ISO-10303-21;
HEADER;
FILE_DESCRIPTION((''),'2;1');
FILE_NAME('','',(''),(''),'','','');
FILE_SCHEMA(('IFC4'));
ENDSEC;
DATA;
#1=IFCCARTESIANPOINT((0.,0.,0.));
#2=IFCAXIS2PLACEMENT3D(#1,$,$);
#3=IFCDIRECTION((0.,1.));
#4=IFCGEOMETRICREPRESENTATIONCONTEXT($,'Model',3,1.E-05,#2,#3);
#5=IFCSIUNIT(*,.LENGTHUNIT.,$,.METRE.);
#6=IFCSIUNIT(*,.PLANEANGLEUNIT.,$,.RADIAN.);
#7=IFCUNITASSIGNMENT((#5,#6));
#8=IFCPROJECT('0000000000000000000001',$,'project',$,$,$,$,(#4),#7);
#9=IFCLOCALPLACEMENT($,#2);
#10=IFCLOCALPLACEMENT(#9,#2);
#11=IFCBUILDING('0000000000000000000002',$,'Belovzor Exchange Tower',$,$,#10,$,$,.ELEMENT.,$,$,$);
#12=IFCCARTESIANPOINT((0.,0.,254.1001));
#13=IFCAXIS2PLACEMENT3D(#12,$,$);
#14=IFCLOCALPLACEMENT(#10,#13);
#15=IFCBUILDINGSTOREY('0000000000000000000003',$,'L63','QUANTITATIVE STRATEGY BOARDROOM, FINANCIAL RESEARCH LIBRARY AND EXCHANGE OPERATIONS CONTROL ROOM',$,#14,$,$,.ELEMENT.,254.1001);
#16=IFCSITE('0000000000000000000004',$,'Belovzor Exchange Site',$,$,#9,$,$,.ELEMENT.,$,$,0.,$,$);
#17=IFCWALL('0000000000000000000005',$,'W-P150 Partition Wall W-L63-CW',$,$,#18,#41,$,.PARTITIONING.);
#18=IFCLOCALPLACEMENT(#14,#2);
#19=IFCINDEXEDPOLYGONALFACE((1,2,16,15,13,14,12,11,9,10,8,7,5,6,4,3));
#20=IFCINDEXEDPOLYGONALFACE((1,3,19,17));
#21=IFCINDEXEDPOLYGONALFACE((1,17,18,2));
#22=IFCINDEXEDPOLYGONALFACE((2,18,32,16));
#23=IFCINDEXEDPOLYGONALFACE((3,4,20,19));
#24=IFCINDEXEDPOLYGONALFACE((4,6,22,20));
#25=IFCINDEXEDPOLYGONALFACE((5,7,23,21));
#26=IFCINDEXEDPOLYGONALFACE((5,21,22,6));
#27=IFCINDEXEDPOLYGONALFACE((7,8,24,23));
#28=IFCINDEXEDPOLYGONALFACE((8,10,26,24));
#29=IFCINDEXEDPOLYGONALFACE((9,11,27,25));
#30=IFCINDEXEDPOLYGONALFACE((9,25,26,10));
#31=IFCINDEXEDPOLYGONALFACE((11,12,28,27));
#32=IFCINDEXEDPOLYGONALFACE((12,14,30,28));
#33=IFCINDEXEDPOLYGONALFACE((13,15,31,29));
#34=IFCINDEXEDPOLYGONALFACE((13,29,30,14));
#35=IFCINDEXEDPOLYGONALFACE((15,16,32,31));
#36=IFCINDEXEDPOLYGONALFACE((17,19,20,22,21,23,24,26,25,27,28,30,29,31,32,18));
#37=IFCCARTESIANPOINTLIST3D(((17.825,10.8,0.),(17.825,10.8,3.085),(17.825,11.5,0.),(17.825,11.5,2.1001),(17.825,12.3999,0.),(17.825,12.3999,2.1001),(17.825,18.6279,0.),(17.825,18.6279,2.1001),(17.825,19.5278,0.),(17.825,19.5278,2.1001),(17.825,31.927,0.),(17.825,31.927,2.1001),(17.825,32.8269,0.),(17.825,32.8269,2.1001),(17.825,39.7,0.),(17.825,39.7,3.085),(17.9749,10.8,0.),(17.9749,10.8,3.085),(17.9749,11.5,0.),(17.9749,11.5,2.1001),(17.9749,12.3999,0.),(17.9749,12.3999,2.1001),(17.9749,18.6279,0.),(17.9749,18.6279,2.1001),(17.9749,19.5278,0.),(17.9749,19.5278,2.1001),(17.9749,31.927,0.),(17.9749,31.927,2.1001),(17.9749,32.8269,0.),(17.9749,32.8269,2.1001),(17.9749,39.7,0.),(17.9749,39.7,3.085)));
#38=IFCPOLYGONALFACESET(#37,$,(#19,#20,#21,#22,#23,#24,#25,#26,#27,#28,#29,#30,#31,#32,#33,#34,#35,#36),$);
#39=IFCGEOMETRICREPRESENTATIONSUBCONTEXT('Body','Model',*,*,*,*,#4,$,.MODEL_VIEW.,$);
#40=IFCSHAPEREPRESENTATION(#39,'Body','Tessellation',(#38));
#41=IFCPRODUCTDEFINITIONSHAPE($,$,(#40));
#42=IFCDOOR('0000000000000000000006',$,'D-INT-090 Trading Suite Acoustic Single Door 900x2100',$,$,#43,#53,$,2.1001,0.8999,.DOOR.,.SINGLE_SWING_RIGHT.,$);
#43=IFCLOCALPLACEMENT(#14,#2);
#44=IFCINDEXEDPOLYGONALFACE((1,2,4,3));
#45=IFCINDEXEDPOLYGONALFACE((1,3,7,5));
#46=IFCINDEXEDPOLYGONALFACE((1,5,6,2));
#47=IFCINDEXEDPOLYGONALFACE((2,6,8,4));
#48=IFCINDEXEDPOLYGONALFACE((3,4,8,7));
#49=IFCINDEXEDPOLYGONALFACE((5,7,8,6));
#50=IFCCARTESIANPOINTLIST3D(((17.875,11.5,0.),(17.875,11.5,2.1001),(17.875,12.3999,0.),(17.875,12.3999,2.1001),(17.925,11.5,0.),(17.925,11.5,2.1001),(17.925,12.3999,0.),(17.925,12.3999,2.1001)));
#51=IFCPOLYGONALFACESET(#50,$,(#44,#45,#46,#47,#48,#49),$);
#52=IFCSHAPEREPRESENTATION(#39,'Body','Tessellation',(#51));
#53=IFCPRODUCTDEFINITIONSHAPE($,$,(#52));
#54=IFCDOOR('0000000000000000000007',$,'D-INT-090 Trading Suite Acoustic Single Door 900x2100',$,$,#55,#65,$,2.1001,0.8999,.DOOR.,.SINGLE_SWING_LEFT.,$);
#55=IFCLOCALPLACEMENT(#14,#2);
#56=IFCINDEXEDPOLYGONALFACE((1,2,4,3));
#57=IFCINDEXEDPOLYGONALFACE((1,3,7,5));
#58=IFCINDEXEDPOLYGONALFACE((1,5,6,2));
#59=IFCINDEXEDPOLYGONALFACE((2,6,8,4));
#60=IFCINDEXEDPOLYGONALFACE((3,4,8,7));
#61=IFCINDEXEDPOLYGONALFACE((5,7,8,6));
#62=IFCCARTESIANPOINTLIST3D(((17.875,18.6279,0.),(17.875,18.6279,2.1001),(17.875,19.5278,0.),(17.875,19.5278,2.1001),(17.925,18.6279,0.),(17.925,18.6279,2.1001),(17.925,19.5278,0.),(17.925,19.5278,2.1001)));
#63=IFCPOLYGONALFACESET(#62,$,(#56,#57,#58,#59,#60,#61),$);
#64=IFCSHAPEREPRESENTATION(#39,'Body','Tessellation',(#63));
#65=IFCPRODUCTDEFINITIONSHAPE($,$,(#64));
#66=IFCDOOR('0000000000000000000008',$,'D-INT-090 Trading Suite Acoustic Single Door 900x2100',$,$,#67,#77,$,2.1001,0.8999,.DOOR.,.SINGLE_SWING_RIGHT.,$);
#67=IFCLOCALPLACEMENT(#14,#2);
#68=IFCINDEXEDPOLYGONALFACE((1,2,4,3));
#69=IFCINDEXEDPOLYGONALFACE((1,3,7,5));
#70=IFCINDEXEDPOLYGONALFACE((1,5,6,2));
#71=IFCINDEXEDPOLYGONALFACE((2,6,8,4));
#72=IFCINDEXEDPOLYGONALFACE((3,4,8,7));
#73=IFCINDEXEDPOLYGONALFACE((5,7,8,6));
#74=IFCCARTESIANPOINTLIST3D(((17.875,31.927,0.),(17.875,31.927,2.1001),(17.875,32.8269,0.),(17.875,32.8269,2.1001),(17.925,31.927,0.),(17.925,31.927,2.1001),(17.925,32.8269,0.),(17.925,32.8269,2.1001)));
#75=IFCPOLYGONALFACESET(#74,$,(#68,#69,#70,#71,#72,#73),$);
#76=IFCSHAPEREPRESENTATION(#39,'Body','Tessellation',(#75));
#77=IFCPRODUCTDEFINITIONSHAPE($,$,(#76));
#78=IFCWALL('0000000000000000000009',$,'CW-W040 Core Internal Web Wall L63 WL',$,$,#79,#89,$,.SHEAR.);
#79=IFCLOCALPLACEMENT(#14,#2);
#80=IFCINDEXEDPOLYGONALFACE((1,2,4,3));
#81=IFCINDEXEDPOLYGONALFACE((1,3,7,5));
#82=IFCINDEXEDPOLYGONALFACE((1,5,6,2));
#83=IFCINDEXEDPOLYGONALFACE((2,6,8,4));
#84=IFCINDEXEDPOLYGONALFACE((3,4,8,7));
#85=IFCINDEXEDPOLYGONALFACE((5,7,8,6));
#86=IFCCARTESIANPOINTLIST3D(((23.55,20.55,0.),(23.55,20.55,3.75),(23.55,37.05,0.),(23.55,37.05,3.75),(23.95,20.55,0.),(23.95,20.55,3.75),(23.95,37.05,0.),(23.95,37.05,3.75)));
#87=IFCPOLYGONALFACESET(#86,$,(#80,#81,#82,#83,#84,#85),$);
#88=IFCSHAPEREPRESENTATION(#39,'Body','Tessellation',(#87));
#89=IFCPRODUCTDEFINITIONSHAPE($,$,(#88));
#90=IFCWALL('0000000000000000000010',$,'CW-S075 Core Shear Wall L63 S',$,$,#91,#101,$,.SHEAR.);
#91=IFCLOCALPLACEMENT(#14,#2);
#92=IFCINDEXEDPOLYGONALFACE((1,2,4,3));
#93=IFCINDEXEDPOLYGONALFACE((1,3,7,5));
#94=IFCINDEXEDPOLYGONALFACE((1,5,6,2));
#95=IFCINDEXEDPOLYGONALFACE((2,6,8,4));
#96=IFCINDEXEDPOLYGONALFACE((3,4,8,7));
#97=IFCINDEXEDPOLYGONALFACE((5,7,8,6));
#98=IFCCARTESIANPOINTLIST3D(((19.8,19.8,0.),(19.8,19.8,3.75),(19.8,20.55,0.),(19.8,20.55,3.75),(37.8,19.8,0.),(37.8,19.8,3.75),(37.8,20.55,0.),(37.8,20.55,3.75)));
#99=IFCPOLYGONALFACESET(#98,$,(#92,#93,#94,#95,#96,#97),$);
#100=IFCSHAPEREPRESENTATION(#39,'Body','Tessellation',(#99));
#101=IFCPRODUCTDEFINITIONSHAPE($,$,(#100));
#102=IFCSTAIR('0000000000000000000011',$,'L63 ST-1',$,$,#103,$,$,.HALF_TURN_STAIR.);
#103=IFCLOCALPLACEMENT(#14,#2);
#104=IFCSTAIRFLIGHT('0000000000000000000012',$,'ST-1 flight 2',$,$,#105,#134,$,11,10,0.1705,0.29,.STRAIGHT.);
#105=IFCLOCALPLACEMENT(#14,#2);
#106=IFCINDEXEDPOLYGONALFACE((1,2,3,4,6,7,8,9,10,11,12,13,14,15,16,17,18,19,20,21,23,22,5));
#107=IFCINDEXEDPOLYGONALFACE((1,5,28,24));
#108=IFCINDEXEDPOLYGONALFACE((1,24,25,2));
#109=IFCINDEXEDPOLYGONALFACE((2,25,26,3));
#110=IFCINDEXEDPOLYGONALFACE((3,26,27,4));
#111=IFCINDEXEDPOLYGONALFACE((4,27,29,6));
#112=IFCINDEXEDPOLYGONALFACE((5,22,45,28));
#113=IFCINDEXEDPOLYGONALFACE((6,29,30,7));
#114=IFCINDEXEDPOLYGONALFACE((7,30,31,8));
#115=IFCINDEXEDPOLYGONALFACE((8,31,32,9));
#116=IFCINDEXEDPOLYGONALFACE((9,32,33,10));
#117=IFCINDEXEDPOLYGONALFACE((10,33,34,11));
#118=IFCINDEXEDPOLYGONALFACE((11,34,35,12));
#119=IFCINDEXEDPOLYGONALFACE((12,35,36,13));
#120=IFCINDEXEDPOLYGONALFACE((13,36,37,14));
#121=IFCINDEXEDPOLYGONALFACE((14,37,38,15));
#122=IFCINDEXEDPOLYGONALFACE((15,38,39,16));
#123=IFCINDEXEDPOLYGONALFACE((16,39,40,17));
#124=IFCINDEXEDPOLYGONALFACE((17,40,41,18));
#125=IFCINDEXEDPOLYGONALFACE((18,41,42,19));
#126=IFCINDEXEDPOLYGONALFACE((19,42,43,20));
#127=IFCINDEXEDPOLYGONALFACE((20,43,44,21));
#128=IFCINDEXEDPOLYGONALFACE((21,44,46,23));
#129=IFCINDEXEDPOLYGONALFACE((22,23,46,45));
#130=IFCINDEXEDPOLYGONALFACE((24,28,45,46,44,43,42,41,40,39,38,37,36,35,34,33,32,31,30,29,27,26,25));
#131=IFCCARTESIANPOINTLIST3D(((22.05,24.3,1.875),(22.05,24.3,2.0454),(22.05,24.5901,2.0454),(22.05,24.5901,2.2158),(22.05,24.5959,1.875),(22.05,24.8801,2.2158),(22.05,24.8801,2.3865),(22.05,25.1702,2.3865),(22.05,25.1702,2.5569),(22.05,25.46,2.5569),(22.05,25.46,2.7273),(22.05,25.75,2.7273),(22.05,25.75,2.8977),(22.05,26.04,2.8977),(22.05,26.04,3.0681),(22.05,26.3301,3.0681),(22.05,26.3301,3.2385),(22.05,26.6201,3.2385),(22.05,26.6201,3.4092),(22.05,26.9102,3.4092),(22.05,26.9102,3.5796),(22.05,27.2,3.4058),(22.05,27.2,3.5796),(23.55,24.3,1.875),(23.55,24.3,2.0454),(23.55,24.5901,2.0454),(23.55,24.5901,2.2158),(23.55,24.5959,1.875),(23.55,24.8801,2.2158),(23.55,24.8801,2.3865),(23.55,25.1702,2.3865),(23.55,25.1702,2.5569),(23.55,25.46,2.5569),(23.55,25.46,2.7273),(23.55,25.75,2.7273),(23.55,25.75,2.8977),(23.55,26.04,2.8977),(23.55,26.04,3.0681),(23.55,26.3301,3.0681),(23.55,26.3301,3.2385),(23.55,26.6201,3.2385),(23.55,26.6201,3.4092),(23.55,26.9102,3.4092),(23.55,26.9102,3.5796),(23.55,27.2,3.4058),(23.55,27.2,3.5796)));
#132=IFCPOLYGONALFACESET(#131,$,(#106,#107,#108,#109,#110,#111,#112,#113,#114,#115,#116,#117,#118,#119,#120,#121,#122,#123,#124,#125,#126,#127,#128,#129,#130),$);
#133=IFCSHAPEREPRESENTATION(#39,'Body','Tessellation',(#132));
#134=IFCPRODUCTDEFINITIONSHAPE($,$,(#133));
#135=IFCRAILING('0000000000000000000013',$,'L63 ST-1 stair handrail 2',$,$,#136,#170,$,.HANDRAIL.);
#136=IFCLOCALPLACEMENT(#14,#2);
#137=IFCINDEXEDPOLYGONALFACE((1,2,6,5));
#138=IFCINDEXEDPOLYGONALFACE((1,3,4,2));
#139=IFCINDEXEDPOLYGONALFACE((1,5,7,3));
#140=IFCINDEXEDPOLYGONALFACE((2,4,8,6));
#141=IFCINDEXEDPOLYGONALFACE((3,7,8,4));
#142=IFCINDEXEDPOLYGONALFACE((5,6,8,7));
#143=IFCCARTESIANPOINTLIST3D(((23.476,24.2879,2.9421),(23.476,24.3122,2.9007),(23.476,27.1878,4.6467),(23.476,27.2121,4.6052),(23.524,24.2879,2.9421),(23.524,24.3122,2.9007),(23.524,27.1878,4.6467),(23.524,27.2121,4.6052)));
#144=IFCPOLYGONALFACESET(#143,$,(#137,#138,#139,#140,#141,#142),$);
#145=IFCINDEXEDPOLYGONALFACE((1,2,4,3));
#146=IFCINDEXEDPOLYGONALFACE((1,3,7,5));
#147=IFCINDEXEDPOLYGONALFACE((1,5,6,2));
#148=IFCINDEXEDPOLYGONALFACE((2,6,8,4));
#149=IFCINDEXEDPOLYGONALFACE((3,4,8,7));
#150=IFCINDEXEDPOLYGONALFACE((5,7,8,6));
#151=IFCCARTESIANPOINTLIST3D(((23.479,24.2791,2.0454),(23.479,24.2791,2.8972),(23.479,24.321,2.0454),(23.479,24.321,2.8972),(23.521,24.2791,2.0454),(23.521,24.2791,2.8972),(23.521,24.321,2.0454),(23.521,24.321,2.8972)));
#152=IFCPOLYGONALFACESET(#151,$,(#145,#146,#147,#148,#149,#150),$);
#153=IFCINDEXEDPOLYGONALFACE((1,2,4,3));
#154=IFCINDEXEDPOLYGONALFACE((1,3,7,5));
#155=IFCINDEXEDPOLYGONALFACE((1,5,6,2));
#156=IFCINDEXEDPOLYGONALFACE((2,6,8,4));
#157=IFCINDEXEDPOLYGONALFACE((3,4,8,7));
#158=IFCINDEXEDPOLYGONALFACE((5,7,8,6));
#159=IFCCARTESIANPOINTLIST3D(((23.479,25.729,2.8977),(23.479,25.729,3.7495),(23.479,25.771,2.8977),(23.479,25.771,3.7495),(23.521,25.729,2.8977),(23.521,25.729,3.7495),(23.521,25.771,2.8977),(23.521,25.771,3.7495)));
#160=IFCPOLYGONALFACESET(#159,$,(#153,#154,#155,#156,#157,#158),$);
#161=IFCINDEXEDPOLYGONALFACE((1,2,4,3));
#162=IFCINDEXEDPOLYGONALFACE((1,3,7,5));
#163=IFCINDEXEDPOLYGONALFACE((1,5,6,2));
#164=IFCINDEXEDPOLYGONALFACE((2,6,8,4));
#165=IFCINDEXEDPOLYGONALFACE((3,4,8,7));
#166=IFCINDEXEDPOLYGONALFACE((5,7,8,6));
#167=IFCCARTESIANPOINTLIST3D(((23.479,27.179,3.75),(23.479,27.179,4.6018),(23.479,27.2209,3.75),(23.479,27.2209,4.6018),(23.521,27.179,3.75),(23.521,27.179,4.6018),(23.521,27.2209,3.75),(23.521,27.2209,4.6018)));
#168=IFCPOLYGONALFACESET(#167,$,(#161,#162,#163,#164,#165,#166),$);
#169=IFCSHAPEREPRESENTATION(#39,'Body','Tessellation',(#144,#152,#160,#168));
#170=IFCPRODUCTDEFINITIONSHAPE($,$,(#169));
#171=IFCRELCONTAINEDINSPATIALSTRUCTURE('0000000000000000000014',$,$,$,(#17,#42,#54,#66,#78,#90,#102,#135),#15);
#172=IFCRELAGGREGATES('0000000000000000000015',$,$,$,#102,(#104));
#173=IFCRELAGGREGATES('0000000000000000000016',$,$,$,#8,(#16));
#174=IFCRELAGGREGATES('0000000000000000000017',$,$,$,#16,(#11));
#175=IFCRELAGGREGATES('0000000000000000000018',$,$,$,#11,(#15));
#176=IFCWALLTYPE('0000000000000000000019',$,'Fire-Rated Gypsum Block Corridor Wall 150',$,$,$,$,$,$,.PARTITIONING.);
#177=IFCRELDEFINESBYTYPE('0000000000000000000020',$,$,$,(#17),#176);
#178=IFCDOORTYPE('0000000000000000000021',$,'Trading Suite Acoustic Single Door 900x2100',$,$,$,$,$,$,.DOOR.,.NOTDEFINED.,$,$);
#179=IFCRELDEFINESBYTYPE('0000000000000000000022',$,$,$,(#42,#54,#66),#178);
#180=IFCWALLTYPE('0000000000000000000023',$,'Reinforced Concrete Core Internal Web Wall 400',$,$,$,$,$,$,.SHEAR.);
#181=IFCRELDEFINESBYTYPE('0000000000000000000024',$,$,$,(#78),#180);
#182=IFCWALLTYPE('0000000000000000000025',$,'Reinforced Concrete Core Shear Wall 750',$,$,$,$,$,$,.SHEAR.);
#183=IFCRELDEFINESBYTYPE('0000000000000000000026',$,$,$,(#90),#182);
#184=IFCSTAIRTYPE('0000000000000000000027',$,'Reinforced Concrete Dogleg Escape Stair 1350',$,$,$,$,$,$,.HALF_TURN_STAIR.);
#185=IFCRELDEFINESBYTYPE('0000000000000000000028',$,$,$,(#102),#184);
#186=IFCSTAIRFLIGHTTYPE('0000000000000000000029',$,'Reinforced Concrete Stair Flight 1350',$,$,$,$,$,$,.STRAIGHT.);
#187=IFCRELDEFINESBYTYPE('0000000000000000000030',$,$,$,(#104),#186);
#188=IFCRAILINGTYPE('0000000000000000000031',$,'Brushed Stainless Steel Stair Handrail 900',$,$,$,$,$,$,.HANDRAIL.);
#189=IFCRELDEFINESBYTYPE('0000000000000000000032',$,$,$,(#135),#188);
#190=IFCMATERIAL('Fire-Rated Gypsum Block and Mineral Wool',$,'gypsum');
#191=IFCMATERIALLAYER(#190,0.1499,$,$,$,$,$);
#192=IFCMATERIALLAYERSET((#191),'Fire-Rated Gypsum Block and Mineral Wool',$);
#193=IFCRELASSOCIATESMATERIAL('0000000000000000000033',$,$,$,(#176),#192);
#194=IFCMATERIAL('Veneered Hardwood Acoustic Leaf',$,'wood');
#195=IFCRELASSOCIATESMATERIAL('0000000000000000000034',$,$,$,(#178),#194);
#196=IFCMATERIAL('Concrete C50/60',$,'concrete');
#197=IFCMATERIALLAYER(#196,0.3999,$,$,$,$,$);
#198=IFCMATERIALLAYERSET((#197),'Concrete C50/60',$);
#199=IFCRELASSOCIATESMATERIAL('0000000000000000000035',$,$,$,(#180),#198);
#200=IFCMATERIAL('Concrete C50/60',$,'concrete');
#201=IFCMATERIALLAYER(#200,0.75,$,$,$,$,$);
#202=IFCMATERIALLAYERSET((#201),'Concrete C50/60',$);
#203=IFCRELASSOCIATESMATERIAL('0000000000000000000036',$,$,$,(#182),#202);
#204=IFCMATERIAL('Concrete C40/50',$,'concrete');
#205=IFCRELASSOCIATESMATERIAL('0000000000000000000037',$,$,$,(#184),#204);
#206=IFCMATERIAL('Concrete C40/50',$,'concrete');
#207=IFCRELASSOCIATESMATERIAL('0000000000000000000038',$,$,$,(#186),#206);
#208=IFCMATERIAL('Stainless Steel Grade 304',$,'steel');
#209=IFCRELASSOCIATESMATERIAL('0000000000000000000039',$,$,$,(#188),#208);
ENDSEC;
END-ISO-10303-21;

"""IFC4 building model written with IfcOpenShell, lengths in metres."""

from ifc_helpers import new_model, si_unit, direction, frame, frame_2d, origin, origin_2d, place, context, subcontext, project, spatial, polyline, rectangle, outline, extrude, material, layer, layer_set, type_object, element, fill, aggregate, save


model = new_model("IFC4")

# Units and contexts
model_context = context("Model", 3, precision=1e-05, world=origin(), true_north=direction((0.0, 1.0)))
body_context = subcontext(model_context, "Body", "Model", "MODEL_VIEW")
ifc_project = project(units=[si_unit("LENGTHUNIT", "METRE"), si_unit("PLANEANGLEUNIT", "RADIAN")], contexts=[model_context])

# Site, building, storey
site_placement = place(None, origin())
site = spatial("IfcSite", under=ifc_project, at=site_placement, Name="Belovzor Exchange Site", CompositionType="ELEMENT", RefElevation=0.0)
building_placement = place(site_placement, origin())
building = spatial("IfcBuilding", under=site, at=building_placement, Name="Belovzor Exchange Tower", CompositionType="ELEMENT")
storey_placement = place(building_placement, frame((0.0, 0.0, 254.1001)))
storey = spatial("IfcBuildingStorey", under=building, at=storey_placement, Name="L63", Description="QUANTITATIVE STRATEGY BOARDROOM, FINANCIAL RESEARCH LIBRARY AND EXCHANGE OPERATIONS CONTROL ROOM", CompositionType="ELEMENT", Elevation=254.1001)

# Wall, openings, doors
ifc_material_1 = material(Name="Fire-Rated Gypsum Block and Mineral Wool", Category="gypsum")
ifc_layer_1 = layer(ifc_material_1, 0.1499)
ifc_layer_set_1 = layer_set([ifc_layer_1], Name="Fire-Rated Gypsum Block and Mineral Wool")
wall_type_1 = type_object("IfcWallType", Name="Fire-Rated Gypsum Block Corridor Wall 150", PredefinedType="PARTITIONING", material=ifc_layer_set_1)
wall_1_placement = place(storey_placement, frame((17.8999, 10.8, 0.0), z_axis=(0.0, 0.0, 1.0), x_axis=(0.0, 1.0, 0.0)))
wall_1 = element("IfcWall", 1, at=wall_1_placement, inside=storey, type_object=wall_type_1, Name="W-P150 Partition Wall W-L63-CW", PredefinedType="PARTITIONING", context=body_context, shape_type="SweptSolid", body=[
    extrude(rectangle(XDim=28.8999, YDim=0.1499, at=frame_2d((14.45, 0.0))), origin(), (0.0, 0.0, 1.0), 3.085),
])
opening_1_placement = place(wall_1_placement, frame((0.7, 0.0, 0.0)))
opening_1 = element("IfcOpeningElement", 2, at=opening_1_placement, cuts=wall_1, PredefinedType="OPENING", context=body_context, shape_type="SweptSolid", body=[
    extrude(rectangle(XDim=0.8999, YDim=2.1001, at=frame_2d((0.45, 1.05))), frame((0.0, 0.085, 0.0), z_axis=(0.0, -1.0, 0.0), x_axis=(1.0, 0.0, 0.0)), (0.0, 0.0, 1.0), 0.1699),
])
opening_2_placement = place(wall_1_placement, frame((7.8279, 0.0, 0.0)))
opening_2 = element("IfcOpeningElement", 3, at=opening_2_placement, cuts=wall_1, PredefinedType="OPENING", context=body_context, shape_type="SweptSolid", body=[
    extrude(rectangle(XDim=0.8999, YDim=2.1001, at=frame_2d((0.45, 1.05))), frame((0.0, 0.085, 0.0), z_axis=(0.0, -1.0, 0.0), x_axis=(1.0, 0.0, 0.0)), (0.0, 0.0, 1.0), 0.1699),
])
opening_3_placement = place(wall_1_placement, frame((21.127, 0.0, 0.0)))
opening_3 = element("IfcOpeningElement", 4, at=opening_3_placement, cuts=wall_1, PredefinedType="OPENING", context=body_context, shape_type="SweptSolid", body=[
    extrude(rectangle(XDim=0.8999, YDim=2.1001, at=frame_2d((0.45, 1.05))), frame((0.0, 0.085, 0.0), z_axis=(0.0, -1.0, 0.0), x_axis=(1.0, 0.0, 0.0)), (0.0, 0.0, 1.0), 0.1699),
])
ifc_material_2 = material(Name="Veneered Hardwood Acoustic Leaf", Category="wood")
door_type_1 = type_object("IfcDoorType", Name="Trading Suite Acoustic Single Door 900x2100", OperationType="NOTDEFINED", PredefinedType="DOOR", material=ifc_material_2)
door_1_placement = place(opening_1_placement, origin())
door_1 = element("IfcDoor", 5, at=door_1_placement, inside=storey, type_object=door_type_1, Name="D-INT-090 Trading Suite Acoustic Single Door 900x2100", OperationType="SINGLE_SWING_RIGHT", OverallHeight=2.1001, OverallWidth=0.8999, PredefinedType="DOOR", context=body_context, shape_type="SweptSolid", body=[
    extrude(rectangle(XDim=0.8999, YDim=2.1001, at=frame_2d((0.45, 1.05))), frame((0.0, 0.0249, 0.0), z_axis=(0.0, -1.0, 0.0), x_axis=(1.0, 0.0, 0.0)), (0.0, 0.0, 1.0), 0.05),
])
fill(opening_1, door_1)
door_2_placement = place(opening_2_placement, origin())
door_2 = element("IfcDoor", 6, at=door_2_placement, inside=storey, type_object=door_type_1, Name="D-INT-090 Trading Suite Acoustic Single Door 900x2100", OperationType="SINGLE_SWING_LEFT", OverallHeight=2.1001, OverallWidth=0.8999, PredefinedType="DOOR", context=body_context, shape_type="SweptSolid", body=[
    extrude(rectangle(XDim=0.8999, YDim=2.1001, at=frame_2d((0.45, 1.05))), frame((0.0, 0.0249, 0.0), z_axis=(0.0, -1.0, 0.0), x_axis=(1.0, 0.0, 0.0)), (0.0, 0.0, 1.0), 0.05),
])
fill(opening_2, door_2)
door_3_placement = place(opening_3_placement, origin())
door_3 = element("IfcDoor", 7, at=door_3_placement, inside=storey, type_object=door_type_1, Name="D-INT-090 Trading Suite Acoustic Single Door 900x2100", OperationType="SINGLE_SWING_RIGHT", OverallHeight=2.1001, OverallWidth=0.8999, PredefinedType="DOOR", context=body_context, shape_type="SweptSolid", body=[
    extrude(rectangle(XDim=0.8999, YDim=2.1001, at=frame_2d((0.45, 1.05))), frame((0.0, 0.0249, 0.0), z_axis=(0.0, -1.0, 0.0), x_axis=(1.0, 0.0, 0.0)), (0.0, 0.0, 1.0), 0.05),
])
fill(opening_3, door_3)

# Walls
ifc_material_3 = material(Name="Concrete C50/60", Category="concrete")
ifc_layer_2 = layer(ifc_material_3, 0.3999)
ifc_layer_set_2 = layer_set([ifc_layer_2], Name="Concrete C50/60")
wall_type_2 = type_object("IfcWallType", Name="Reinforced Concrete Core Internal Web Wall 400", PredefinedType="SHEAR", material=ifc_layer_set_2)
wall_2_placement = place(storey_placement, frame((23.75, 20.55, 0.0), z_axis=(0.0, 0.0, 1.0), x_axis=(0.0, 1.0, 0.0)))
element("IfcWall", 8, at=wall_2_placement, inside=storey, type_object=wall_type_2, Name="CW-W040 Core Internal Web Wall L63 WL", PredefinedType="SHEAR", context=body_context, shape_type="SweptSolid", body=[
    extrude(rectangle(XDim=16.5, YDim=0.3999, at=frame_2d((8.25, 0.0))), origin(), (0.0, 0.0, 1.0), 3.75),
])
ifc_material_4 = material(Name="Concrete C50/60", Category="concrete")
ifc_layer_3 = layer(ifc_material_4, 0.75)
ifc_layer_set_3 = layer_set([ifc_layer_3], Name="Concrete C50/60")
wall_type_3 = type_object("IfcWallType", Name="Reinforced Concrete Core Shear Wall 750", PredefinedType="SHEAR", material=ifc_layer_set_3)
wall_3_placement = place(storey_placement, frame((19.8, 20.175, 0.0), z_axis=(0.0, 0.0, 1.0), x_axis=(1.0, 0.0, 0.0)))
element("IfcWall", 9, at=wall_3_placement, inside=storey, type_object=wall_type_3, Name="CW-S075 Core Shear Wall L63 S", PredefinedType="SHEAR", context=body_context, shape_type="SweptSolid", body=[
    extrude(rectangle(XDim=18.0, YDim=0.75, at=frame_2d((9.0, 0.0))), origin(), (0.0, 0.0, 1.0), 3.75),
])

# Stair, stair flight
ifc_material_5 = material(Name="Concrete C40/50", Category="concrete")
stair_type = type_object("IfcStairType", Name="Reinforced Concrete Dogleg Escape Stair 1350", PredefinedType="HALF_TURN_STAIR", material=ifc_material_5)
stair_placement = place(storey_placement, origin())
stair = element("IfcStair", 10, at=stair_placement, inside=storey, type_object=stair_type, Name="L63 ST-1", PredefinedType="HALF_TURN_STAIR")
ifc_material_6 = material(Name="Concrete C40/50", Category="concrete")
stair_flight_type = type_object("IfcStairFlightType", Name="Reinforced Concrete Stair Flight 1350", PredefinedType="STRAIGHT", material=ifc_material_6)
stair_flight_placement = place(storey_placement, frame((22.8, 24.3, 1.875), z_axis=(0.0, 0.0, 1.0), x_axis=(0.0, 1.0, 0.0)))
stair_flight = element("IfcStairFlight", 11, at=stair_flight_placement, type_object=stair_flight_type, Name="ST-1 flight 2", NumberOfRisers=11, NumberOfTreads=10, PredefinedType="STRAIGHT", RiserHeight=0.1705, TreadLength=0.29, context=body_context, shape_type="SweptSolid", body=[
    extrude(outline(polyline([(0.0, 0.0), (0.0, 0.1704), (0.29, 0.1704), (0.29, 0.3408), (0.5801, 0.3408), (0.5801, 0.5115), (0.8701, 0.5115), (0.8701, 0.6819), (1.1599, 0.6819), (1.1599, 0.8523), (1.45, 0.8523), (1.45, 1.0227), (1.74, 1.0227), (1.74, 1.1931), (2.03, 1.1931), (2.03, 1.3635), (2.3201, 1.3635), (2.3201, 1.5342), (2.6101, 1.5342), (2.6101, 1.7046), (2.8999, 1.7046), (2.8999, 1.875), (2.8999, 1.5308), (0.2959, 0.0), (0.0, 0.0)])), frame((0.0, 0.75, 0.0), z_axis=(0.0, -1.0, 0.0), x_axis=(1.0, 0.0, 0.0)), (0.0, 0.0, 1.0), 1.5),
])
aggregate(stair, [stair_flight])

# Railing
ifc_material_7 = material(Name="Stainless Steel Grade 304", Category="steel")
railing_type_1 = type_object("IfcRailingType", Name="Brushed Stainless Steel Stair Handrail 900", PredefinedType="HANDRAIL", material=ifc_material_7)
railing_1_placement = place(storey_placement, frame((23.5, 24.3, 2.0454)))
element("IfcRailing", 12, at=railing_1_placement, inside=storey, type_object=railing_type_1, Name="L63 ST-1 stair handrail 2", PredefinedType="HANDRAIL", context=body_context, shape_type="SweptSolid", body=[
    extrude(rectangle(XDim=0.0481, YDim=0.0481, at=origin_2d()), frame((0.0, 0.0, 0.876), z_axis=(0.0, 0.862095, 0.506747), x_axis=(-1.0, 0.0, 0.0)), (0.0, 0.0, 1.0), 3.3638),
    extrude(rectangle(XDim=0.042, YDim=0.042, at=origin_2d()), origin(), (0.0, 0.0, 1.0), 0.8518),
    extrude(rectangle(XDim=0.042, YDim=0.042, at=origin_2d()), frame((0.0, 1.45, 0.8523)), (0.0, 0.0, 1.0), 0.8518),
    extrude(rectangle(XDim=0.042, YDim=0.042, at=origin_2d()), frame((0.0, 2.8999, 1.7046)), (0.0, 0.0, 1.0), 0.8518),
])

save(model, "model.ifc")
